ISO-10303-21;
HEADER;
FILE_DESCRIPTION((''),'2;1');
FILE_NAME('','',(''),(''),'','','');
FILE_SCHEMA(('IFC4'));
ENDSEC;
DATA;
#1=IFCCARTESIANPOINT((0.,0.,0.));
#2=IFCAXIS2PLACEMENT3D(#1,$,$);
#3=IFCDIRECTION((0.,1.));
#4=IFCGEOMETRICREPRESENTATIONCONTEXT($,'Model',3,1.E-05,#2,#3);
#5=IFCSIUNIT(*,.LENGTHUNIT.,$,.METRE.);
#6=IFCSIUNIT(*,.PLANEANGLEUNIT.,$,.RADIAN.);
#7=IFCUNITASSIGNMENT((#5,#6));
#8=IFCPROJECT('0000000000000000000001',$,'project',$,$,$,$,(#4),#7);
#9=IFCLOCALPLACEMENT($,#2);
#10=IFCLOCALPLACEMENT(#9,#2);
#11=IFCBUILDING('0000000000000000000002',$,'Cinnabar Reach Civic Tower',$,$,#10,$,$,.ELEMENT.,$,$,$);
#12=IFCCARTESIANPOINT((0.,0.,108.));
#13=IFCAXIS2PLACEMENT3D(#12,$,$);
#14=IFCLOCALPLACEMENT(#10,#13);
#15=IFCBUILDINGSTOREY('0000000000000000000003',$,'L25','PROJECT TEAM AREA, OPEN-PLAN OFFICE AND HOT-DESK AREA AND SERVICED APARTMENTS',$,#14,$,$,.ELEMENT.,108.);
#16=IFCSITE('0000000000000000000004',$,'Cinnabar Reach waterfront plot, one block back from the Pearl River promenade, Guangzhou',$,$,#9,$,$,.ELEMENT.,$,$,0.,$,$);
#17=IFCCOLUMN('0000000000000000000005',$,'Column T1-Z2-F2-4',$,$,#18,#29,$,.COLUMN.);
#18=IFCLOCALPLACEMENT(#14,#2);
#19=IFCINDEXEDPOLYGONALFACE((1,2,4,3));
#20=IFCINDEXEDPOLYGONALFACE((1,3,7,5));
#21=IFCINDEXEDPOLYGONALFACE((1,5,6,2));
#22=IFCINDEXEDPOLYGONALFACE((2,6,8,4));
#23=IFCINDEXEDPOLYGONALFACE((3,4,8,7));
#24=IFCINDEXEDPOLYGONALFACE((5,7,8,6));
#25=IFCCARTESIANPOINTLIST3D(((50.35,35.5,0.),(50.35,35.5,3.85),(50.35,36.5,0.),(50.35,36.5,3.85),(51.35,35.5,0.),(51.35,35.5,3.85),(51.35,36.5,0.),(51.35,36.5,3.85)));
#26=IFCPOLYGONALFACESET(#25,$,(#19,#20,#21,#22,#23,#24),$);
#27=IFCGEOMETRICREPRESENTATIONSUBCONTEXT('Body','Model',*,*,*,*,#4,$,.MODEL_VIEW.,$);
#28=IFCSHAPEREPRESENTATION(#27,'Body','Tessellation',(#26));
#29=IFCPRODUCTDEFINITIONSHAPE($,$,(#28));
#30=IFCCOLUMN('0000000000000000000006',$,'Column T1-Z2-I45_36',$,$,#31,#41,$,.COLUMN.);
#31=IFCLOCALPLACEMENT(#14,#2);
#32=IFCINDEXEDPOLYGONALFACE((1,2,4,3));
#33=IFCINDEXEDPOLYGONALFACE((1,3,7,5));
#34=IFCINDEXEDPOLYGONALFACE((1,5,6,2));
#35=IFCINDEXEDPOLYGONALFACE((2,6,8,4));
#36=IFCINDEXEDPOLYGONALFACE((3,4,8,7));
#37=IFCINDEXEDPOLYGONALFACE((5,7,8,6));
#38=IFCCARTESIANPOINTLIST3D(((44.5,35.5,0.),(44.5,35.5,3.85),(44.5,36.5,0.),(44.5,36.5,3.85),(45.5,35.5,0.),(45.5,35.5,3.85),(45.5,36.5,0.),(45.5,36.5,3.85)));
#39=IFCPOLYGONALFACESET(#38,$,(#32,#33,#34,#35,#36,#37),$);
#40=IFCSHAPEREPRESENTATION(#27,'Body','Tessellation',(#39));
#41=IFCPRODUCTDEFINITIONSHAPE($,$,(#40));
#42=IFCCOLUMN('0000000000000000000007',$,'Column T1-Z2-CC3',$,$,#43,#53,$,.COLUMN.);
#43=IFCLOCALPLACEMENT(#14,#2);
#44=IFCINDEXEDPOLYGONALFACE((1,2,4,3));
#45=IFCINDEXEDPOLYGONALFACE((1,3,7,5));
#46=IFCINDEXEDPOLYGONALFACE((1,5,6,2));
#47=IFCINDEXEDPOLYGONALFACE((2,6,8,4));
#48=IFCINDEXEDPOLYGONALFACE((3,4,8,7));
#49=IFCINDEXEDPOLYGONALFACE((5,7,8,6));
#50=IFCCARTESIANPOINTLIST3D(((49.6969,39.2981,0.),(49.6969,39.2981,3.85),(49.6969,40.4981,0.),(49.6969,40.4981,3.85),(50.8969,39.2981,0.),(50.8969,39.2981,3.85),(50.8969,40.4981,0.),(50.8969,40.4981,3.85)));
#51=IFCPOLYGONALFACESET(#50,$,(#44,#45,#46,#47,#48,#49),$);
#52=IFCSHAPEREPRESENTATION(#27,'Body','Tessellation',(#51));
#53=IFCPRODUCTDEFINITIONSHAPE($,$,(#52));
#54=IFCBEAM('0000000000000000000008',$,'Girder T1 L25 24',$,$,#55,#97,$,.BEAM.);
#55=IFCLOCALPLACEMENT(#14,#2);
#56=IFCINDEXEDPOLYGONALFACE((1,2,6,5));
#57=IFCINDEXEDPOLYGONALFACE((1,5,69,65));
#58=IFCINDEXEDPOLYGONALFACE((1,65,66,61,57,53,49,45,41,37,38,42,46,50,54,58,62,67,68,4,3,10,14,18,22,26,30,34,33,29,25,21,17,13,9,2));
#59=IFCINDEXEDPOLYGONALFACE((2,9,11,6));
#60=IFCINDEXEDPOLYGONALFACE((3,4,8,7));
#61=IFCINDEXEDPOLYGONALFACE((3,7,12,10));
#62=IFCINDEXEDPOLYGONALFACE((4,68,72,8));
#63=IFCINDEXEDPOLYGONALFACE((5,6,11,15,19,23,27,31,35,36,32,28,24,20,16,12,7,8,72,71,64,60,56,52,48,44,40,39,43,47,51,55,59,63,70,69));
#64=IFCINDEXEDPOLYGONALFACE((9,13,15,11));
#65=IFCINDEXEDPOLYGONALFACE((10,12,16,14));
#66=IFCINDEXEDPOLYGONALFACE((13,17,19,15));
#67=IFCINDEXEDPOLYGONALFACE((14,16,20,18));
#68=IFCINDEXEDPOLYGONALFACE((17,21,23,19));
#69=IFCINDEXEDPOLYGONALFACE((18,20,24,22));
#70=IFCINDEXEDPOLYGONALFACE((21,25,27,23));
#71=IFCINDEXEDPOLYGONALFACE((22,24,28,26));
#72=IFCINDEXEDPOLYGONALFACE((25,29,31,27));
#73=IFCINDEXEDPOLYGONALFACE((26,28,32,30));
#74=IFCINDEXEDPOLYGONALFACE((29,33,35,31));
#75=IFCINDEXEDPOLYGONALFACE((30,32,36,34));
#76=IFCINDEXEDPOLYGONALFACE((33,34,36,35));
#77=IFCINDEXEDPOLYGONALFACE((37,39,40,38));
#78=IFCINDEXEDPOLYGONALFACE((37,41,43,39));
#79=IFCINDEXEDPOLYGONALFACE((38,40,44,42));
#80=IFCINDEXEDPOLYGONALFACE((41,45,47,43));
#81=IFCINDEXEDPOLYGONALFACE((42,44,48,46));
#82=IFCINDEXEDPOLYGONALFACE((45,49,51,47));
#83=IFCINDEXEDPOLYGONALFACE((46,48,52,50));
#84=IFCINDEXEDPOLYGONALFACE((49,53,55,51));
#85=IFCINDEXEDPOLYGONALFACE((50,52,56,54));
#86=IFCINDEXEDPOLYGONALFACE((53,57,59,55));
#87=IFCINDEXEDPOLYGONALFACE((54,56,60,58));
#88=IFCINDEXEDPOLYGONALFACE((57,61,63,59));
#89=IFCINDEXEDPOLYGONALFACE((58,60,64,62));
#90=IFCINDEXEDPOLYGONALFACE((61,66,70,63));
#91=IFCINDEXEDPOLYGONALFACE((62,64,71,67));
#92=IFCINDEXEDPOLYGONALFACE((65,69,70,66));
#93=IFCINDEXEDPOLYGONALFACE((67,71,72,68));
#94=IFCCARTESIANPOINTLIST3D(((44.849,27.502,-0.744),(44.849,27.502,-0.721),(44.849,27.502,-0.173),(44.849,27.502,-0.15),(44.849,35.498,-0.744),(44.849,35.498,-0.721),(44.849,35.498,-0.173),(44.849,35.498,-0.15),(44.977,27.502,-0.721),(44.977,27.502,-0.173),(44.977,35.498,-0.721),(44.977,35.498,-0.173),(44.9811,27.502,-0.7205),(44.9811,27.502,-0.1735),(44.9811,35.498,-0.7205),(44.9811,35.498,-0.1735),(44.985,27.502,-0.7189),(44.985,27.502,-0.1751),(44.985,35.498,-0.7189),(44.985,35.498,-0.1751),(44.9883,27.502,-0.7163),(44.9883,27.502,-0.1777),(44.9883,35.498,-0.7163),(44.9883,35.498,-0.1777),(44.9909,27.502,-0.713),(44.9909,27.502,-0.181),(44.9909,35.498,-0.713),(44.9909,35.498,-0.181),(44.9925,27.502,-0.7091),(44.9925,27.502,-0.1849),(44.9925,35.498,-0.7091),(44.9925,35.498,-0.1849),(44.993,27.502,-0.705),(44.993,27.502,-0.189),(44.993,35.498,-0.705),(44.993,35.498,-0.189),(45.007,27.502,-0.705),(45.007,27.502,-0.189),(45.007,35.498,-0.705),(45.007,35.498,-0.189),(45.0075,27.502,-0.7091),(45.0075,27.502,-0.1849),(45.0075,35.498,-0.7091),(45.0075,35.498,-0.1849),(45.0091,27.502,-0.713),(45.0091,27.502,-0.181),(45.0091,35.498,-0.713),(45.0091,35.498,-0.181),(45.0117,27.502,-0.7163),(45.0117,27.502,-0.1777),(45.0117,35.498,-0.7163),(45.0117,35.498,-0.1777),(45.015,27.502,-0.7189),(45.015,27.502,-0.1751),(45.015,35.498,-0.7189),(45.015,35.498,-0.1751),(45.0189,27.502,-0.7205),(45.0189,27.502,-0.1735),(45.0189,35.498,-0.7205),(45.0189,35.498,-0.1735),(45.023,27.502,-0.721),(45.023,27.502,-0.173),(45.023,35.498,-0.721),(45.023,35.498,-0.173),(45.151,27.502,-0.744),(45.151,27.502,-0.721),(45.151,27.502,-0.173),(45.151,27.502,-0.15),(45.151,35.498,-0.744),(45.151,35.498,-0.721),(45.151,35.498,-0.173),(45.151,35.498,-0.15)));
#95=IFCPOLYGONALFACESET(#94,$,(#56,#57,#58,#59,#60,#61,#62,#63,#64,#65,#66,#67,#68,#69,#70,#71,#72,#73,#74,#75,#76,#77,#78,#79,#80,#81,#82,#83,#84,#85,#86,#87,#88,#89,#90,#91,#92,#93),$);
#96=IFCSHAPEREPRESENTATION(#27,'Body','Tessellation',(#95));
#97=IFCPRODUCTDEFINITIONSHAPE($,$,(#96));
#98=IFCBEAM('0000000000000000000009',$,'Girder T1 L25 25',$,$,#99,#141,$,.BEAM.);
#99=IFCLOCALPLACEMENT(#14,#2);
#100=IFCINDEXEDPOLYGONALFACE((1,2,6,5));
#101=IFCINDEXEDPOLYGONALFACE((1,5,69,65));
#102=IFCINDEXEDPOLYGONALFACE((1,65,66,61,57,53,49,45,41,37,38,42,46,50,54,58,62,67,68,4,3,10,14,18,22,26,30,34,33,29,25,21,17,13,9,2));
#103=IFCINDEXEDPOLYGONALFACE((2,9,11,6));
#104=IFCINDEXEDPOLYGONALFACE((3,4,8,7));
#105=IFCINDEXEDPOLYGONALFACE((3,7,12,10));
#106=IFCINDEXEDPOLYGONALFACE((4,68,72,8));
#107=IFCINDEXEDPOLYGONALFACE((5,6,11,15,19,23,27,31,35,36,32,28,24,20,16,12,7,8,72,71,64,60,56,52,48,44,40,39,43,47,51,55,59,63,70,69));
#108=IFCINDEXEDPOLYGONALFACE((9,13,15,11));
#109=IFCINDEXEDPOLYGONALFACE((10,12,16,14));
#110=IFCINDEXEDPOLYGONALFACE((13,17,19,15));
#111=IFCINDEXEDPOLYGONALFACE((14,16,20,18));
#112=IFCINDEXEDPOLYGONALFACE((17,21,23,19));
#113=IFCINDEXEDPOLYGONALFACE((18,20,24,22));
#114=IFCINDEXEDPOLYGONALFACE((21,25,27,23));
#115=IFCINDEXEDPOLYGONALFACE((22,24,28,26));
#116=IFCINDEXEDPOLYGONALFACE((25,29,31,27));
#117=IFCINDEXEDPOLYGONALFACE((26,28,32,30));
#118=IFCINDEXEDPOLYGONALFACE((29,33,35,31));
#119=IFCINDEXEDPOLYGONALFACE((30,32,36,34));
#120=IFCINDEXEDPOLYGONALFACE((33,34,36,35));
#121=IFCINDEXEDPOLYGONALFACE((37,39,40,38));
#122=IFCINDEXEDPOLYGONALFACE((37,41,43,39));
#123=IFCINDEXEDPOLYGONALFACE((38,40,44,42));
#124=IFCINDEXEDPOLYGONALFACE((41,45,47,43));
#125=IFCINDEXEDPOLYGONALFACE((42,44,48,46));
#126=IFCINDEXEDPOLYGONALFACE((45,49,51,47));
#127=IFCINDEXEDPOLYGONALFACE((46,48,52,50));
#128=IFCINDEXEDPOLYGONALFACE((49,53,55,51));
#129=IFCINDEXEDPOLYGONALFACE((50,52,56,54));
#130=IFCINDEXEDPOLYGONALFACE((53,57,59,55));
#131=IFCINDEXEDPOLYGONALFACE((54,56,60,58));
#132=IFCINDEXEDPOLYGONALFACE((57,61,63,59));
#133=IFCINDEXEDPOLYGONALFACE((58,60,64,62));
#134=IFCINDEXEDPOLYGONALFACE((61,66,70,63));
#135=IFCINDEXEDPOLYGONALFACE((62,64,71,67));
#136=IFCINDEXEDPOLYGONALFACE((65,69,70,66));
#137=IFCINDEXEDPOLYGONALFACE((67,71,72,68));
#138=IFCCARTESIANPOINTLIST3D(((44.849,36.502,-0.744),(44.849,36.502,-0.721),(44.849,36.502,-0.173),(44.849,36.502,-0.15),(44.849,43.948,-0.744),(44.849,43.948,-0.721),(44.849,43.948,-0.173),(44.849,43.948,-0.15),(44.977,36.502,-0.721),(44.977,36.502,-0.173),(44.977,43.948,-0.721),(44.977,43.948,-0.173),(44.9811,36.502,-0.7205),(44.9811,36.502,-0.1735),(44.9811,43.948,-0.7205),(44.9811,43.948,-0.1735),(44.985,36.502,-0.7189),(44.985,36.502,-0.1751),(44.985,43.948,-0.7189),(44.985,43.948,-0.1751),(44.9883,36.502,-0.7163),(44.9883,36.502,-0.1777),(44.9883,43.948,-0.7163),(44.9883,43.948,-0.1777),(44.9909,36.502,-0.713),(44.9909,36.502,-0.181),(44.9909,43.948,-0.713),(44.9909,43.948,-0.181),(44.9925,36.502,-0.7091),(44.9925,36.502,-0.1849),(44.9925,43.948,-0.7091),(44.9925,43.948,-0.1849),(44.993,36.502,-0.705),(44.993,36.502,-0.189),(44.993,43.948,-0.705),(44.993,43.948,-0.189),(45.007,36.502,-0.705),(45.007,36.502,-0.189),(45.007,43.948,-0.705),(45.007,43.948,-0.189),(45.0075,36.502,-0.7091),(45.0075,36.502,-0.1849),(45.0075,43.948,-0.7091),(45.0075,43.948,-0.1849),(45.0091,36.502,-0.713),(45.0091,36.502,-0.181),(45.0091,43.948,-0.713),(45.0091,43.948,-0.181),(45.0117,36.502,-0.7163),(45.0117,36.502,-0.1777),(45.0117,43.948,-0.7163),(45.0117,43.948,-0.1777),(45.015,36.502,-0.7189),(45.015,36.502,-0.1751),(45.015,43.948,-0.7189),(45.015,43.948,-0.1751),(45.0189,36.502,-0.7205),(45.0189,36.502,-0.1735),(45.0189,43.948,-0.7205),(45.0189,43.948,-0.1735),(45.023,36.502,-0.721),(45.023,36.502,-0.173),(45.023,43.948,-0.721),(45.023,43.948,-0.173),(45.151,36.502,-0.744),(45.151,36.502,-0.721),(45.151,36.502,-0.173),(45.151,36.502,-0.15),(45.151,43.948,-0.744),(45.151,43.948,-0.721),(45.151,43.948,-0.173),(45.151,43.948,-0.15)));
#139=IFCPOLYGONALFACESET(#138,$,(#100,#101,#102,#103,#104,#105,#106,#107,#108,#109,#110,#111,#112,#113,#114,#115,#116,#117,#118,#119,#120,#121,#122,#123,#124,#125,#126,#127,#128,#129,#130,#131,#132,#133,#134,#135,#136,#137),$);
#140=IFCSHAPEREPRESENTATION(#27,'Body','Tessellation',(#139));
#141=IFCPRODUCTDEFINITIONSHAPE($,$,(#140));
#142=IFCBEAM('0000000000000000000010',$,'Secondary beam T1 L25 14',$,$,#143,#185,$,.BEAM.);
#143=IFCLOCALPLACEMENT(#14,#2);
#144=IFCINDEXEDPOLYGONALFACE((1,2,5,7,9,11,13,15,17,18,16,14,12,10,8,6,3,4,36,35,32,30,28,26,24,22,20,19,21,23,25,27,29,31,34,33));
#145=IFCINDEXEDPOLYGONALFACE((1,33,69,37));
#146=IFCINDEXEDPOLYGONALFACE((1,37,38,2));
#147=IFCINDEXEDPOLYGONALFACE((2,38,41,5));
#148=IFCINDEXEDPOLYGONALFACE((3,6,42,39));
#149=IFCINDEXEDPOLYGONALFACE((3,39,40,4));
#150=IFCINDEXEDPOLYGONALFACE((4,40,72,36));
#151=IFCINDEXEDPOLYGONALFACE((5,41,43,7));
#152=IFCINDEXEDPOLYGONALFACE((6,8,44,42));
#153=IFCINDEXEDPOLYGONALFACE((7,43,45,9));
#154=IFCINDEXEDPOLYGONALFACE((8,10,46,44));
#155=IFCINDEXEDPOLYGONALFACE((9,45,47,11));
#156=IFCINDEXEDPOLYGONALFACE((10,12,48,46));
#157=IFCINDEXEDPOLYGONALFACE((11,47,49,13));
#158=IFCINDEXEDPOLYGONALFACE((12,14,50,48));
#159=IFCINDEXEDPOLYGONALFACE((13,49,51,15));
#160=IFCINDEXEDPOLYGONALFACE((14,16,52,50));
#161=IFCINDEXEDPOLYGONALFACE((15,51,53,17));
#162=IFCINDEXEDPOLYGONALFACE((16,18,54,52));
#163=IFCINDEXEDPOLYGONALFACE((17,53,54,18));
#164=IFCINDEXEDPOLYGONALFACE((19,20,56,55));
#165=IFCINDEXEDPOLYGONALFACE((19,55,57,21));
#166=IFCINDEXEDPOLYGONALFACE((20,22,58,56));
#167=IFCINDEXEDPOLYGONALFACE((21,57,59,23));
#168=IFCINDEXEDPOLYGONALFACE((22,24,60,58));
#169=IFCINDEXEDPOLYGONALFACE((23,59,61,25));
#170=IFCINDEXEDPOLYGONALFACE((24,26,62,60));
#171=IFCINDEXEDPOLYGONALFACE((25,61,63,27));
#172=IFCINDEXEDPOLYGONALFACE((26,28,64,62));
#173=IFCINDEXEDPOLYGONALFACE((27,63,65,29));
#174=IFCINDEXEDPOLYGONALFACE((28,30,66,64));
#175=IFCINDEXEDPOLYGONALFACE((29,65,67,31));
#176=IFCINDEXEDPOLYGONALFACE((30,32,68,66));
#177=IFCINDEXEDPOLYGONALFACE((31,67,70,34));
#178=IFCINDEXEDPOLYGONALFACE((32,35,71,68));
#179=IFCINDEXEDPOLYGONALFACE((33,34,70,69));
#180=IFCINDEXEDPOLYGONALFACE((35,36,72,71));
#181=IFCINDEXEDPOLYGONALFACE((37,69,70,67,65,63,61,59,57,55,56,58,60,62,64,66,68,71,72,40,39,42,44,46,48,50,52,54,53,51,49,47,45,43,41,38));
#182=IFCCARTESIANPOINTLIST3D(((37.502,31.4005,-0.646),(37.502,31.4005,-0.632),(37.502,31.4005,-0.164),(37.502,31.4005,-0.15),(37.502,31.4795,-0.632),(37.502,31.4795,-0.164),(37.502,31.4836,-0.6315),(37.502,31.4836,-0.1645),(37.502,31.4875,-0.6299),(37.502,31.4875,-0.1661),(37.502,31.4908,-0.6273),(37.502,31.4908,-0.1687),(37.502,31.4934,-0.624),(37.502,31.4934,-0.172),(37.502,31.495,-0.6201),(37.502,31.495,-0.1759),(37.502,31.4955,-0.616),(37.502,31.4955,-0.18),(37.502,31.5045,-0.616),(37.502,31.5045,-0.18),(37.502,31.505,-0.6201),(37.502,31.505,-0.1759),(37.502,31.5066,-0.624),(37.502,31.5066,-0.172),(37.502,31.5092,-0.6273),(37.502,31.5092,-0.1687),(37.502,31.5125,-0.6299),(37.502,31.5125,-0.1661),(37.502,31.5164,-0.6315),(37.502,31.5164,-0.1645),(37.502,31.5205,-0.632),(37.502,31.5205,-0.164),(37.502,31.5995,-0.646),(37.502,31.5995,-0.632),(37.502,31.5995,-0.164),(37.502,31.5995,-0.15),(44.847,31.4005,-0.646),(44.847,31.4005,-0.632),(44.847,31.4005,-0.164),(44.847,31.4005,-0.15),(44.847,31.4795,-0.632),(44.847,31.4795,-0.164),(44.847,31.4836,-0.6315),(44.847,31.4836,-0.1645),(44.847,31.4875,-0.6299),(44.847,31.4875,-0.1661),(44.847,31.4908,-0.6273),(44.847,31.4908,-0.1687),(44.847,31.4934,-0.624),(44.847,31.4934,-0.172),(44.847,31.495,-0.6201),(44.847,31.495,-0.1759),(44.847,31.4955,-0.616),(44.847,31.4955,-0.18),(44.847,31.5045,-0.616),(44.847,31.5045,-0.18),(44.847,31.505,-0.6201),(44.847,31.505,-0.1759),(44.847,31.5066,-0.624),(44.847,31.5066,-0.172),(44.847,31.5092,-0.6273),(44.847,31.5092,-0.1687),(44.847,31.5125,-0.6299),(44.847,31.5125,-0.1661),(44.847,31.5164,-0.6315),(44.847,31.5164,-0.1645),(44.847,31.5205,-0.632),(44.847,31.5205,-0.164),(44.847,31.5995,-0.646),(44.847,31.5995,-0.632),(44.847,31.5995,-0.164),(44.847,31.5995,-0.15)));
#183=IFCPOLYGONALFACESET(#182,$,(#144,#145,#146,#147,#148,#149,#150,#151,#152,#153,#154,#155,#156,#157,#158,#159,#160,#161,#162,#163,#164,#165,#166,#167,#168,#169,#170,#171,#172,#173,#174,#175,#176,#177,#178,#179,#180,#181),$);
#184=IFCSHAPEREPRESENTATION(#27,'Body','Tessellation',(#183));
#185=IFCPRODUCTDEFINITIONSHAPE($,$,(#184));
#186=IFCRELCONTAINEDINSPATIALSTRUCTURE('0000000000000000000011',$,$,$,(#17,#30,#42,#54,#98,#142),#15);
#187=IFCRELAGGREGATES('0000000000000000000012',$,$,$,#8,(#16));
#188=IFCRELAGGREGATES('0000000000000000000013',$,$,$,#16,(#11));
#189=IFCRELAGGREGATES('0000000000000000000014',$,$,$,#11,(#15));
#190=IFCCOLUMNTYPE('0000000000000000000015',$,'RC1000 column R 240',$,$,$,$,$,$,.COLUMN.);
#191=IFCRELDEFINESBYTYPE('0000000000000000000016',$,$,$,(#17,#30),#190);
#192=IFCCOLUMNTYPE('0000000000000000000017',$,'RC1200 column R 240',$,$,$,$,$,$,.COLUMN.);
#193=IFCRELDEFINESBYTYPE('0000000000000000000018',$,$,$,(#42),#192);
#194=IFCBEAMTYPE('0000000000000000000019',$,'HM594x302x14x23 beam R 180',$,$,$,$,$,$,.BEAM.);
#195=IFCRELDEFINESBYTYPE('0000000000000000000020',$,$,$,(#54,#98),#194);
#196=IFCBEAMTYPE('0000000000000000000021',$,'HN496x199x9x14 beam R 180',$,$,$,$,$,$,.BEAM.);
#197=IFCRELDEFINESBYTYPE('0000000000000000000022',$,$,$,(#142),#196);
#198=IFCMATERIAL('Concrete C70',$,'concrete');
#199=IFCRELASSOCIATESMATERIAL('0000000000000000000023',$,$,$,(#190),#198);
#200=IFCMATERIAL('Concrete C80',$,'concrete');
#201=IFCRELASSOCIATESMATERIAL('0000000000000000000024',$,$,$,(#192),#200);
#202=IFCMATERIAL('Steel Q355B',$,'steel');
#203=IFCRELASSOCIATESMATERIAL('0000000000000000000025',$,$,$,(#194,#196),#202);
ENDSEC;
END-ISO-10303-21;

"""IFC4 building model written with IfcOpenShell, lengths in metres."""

from ifc_helpers import new_model, si_unit, direction, frame, origin, origin_2d, place, context, subcontext, project, spatial, rectangle, i_section, extrude, material, material_profile, profile_set, type_object, element, save


model = new_model("IFC4")

# Units and contexts
model_context = context("Model", 3, precision=1e-05, world=origin(), true_north=direction((0.0, 1.0)))
body_context = subcontext(model_context, "Body", "Model", "MODEL_VIEW")
ifc_project = project(units=[si_unit("LENGTHUNIT", "METRE"), si_unit("PLANEANGLEUNIT", "RADIAN")], contexts=[model_context])

# Site, building, storey
site_placement = place(None, origin())
site = spatial("IfcSite", under=ifc_project, at=site_placement, Name="Cinnabar Reach waterfront plot, one block back from the Pearl River promenade, Guangzhou", CompositionType="ELEMENT", RefElevation=0.0)
building_placement = place(site_placement, origin())
building = spatial("IfcBuilding", under=site, at=building_placement, Name="Cinnabar Reach Civic Tower", CompositionType="ELEMENT")
storey_placement = place(building_placement, frame((0.0, 0.0, 108.0)))
storey = spatial("IfcBuildingStorey", under=building, at=storey_placement, Name="L25", Description="PROJECT TEAM AREA, OPEN-PLAN OFFICE AND HOT-DESK AREA AND SERVICED APARTMENTS", CompositionType="ELEMENT", Elevation=108.0)

# Columns
ifc_material_1 = material(Name="Concrete C70", Category="concrete")
ifc_material_profile_1 = material_profile(ifc_material_1, rectangle(XDim=1.0, YDim=1.0, at=origin_2d()), Name="RC1000")
ifc_profile_set_1 = profile_set([ifc_material_profile_1], Name="Concrete C70")
column_type_1 = type_object("IfcColumnType", Name="RC1000 column R 240", PredefinedType="COLUMN", material=ifc_profile_set_1)
for number, where, z_axis, x_axis, name in (
    (1, (50.85, 36.0, 0.0), (0.0, 0.0, 1.0), (1.0, 0.0, 0.0), "Column T1-Z2-F2-4"),
    (2, (45.0, 36.0, 0.0), (0.0, 0.0, 1.0), (1.0, 0.0, 0.0), "Column T1-Z2-I45_36"),
):
    element("IfcColumn", number, at=place(storey_placement, frame(where, z_axis=z_axis, x_axis=x_axis)), inside=storey, type_object=column_type_1, Name=name, PredefinedType="COLUMN", context=body_context, shape_type="SweptSolid", body=[
        extrude(rectangle(XDim=1.0, YDim=1.0, at=origin_2d()), origin(), (0.0, 0.0, 1.0), 3.85),
    ])
ifc_material_2 = material(Name="Concrete C80", Category="concrete")
ifc_material_profile_2 = material_profile(ifc_material_2, rectangle(XDim=1.2, YDim=1.2, at=origin_2d()), Name="RC1200")
ifc_profile_set_2 = profile_set([ifc_material_profile_2], Name="Concrete C80")
column_type_2 = type_object("IfcColumnType", Name="RC1200 column R 240", PredefinedType="COLUMN", material=ifc_profile_set_2)
column_placement = place(storey_placement, frame((50.2969, 39.8981, 0.0), z_axis=(0.0, 0.0, 1.0), x_axis=(1.0, 0.0, 0.0)))
element("IfcColumn", 3, at=column_placement, inside=storey, type_object=column_type_2, Name="Column T1-Z2-CC3", PredefinedType="COLUMN", context=body_context, shape_type="SweptSolid", body=[
    extrude(rectangle(XDim=1.2, YDim=1.2, at=origin_2d()), origin(), (0.0, 0.0, 1.0), 3.85),
])

# Beams
ifc_material_3 = material(Name="Steel Q355B", Category="steel")
ifc_material_profile_3 = material_profile(ifc_material_3, i_section(OverallWidth=0.302, OverallDepth=0.594, WebThickness=0.014, FlangeThickness=0.023, FilletRadius=0.016, at=origin_2d()), Name="HM594x302x14x23")
ifc_profile_set_3 = profile_set([ifc_material_profile_3], Name="Steel Q355B")
beam_type_1 = type_object("IfcBeamType", Name="HM594x302x14x23 beam R 180", PredefinedType="BEAM", material=ifc_profile_set_3)
beam_1_placement = place(storey_placement, frame((45.0, 27.502, -0.447), z_axis=(0.0, 1.0, 0.0), x_axis=(-1.0, 0.0, 0.0)))
element("IfcBeam", 4, at=beam_1_placement, inside=storey, type_object=beam_type_1, Name="Girder T1 L25 24", PredefinedType="BEAM", context=body_context, shape_type="SweptSolid", body=[
    extrude(i_section(OverallWidth=0.302, OverallDepth=0.594, WebThickness=0.014, FlangeThickness=0.023, FilletRadius=0.016, at=origin_2d()), origin(), (0.0, 0.0, 1.0), 7.996),
])
beam_2_placement = place(storey_placement, frame((45.0, 36.502, -0.447), z_axis=(0.0, 1.0, 0.0), x_axis=(-1.0, 0.0, 0.0)))
element("IfcBeam", 5, at=beam_2_placement, inside=storey, type_object=beam_type_1, Name="Girder T1 L25 25", PredefinedType="BEAM", context=body_context, shape_type="SweptSolid", body=[
    extrude(i_section(OverallWidth=0.302, OverallDepth=0.594, WebThickness=0.014, FlangeThickness=0.023, FilletRadius=0.016, at=origin_2d()), origin(), (0.0, 0.0, 1.0), 7.446),
])
ifc_material_profile_4 = material_profile(ifc_material_3, i_section(OverallWidth=0.199, OverallDepth=0.496, WebThickness=0.009, FlangeThickness=0.014, FilletRadius=0.016, at=origin_2d()), Name="HN496x199x9x14")
ifc_profile_set_4 = profile_set([ifc_material_profile_4], Name="Steel Q355B")
beam_type_2 = type_object("IfcBeamType", Name="HN496x199x9x14 beam R 180", PredefinedType="BEAM", material=ifc_profile_set_4)
beam_3_placement = place(storey_placement, frame((37.502, 31.5, -0.398), z_axis=(1.0, 0.0, 0.0), x_axis=(0.0, 1.0, 0.0)))
element("IfcBeam", 6, at=beam_3_placement, inside=storey, type_object=beam_type_2, Name="Secondary beam T1 L25 14", PredefinedType="BEAM", context=body_context, shape_type="SweptSolid", body=[
    extrude(i_section(OverallWidth=0.199, OverallDepth=0.496, WebThickness=0.009, FlangeThickness=0.014, FilletRadius=0.016, at=origin_2d()), origin(), (0.0, 0.0, 1.0), 7.345),
])

save(model, "model.ifc")
